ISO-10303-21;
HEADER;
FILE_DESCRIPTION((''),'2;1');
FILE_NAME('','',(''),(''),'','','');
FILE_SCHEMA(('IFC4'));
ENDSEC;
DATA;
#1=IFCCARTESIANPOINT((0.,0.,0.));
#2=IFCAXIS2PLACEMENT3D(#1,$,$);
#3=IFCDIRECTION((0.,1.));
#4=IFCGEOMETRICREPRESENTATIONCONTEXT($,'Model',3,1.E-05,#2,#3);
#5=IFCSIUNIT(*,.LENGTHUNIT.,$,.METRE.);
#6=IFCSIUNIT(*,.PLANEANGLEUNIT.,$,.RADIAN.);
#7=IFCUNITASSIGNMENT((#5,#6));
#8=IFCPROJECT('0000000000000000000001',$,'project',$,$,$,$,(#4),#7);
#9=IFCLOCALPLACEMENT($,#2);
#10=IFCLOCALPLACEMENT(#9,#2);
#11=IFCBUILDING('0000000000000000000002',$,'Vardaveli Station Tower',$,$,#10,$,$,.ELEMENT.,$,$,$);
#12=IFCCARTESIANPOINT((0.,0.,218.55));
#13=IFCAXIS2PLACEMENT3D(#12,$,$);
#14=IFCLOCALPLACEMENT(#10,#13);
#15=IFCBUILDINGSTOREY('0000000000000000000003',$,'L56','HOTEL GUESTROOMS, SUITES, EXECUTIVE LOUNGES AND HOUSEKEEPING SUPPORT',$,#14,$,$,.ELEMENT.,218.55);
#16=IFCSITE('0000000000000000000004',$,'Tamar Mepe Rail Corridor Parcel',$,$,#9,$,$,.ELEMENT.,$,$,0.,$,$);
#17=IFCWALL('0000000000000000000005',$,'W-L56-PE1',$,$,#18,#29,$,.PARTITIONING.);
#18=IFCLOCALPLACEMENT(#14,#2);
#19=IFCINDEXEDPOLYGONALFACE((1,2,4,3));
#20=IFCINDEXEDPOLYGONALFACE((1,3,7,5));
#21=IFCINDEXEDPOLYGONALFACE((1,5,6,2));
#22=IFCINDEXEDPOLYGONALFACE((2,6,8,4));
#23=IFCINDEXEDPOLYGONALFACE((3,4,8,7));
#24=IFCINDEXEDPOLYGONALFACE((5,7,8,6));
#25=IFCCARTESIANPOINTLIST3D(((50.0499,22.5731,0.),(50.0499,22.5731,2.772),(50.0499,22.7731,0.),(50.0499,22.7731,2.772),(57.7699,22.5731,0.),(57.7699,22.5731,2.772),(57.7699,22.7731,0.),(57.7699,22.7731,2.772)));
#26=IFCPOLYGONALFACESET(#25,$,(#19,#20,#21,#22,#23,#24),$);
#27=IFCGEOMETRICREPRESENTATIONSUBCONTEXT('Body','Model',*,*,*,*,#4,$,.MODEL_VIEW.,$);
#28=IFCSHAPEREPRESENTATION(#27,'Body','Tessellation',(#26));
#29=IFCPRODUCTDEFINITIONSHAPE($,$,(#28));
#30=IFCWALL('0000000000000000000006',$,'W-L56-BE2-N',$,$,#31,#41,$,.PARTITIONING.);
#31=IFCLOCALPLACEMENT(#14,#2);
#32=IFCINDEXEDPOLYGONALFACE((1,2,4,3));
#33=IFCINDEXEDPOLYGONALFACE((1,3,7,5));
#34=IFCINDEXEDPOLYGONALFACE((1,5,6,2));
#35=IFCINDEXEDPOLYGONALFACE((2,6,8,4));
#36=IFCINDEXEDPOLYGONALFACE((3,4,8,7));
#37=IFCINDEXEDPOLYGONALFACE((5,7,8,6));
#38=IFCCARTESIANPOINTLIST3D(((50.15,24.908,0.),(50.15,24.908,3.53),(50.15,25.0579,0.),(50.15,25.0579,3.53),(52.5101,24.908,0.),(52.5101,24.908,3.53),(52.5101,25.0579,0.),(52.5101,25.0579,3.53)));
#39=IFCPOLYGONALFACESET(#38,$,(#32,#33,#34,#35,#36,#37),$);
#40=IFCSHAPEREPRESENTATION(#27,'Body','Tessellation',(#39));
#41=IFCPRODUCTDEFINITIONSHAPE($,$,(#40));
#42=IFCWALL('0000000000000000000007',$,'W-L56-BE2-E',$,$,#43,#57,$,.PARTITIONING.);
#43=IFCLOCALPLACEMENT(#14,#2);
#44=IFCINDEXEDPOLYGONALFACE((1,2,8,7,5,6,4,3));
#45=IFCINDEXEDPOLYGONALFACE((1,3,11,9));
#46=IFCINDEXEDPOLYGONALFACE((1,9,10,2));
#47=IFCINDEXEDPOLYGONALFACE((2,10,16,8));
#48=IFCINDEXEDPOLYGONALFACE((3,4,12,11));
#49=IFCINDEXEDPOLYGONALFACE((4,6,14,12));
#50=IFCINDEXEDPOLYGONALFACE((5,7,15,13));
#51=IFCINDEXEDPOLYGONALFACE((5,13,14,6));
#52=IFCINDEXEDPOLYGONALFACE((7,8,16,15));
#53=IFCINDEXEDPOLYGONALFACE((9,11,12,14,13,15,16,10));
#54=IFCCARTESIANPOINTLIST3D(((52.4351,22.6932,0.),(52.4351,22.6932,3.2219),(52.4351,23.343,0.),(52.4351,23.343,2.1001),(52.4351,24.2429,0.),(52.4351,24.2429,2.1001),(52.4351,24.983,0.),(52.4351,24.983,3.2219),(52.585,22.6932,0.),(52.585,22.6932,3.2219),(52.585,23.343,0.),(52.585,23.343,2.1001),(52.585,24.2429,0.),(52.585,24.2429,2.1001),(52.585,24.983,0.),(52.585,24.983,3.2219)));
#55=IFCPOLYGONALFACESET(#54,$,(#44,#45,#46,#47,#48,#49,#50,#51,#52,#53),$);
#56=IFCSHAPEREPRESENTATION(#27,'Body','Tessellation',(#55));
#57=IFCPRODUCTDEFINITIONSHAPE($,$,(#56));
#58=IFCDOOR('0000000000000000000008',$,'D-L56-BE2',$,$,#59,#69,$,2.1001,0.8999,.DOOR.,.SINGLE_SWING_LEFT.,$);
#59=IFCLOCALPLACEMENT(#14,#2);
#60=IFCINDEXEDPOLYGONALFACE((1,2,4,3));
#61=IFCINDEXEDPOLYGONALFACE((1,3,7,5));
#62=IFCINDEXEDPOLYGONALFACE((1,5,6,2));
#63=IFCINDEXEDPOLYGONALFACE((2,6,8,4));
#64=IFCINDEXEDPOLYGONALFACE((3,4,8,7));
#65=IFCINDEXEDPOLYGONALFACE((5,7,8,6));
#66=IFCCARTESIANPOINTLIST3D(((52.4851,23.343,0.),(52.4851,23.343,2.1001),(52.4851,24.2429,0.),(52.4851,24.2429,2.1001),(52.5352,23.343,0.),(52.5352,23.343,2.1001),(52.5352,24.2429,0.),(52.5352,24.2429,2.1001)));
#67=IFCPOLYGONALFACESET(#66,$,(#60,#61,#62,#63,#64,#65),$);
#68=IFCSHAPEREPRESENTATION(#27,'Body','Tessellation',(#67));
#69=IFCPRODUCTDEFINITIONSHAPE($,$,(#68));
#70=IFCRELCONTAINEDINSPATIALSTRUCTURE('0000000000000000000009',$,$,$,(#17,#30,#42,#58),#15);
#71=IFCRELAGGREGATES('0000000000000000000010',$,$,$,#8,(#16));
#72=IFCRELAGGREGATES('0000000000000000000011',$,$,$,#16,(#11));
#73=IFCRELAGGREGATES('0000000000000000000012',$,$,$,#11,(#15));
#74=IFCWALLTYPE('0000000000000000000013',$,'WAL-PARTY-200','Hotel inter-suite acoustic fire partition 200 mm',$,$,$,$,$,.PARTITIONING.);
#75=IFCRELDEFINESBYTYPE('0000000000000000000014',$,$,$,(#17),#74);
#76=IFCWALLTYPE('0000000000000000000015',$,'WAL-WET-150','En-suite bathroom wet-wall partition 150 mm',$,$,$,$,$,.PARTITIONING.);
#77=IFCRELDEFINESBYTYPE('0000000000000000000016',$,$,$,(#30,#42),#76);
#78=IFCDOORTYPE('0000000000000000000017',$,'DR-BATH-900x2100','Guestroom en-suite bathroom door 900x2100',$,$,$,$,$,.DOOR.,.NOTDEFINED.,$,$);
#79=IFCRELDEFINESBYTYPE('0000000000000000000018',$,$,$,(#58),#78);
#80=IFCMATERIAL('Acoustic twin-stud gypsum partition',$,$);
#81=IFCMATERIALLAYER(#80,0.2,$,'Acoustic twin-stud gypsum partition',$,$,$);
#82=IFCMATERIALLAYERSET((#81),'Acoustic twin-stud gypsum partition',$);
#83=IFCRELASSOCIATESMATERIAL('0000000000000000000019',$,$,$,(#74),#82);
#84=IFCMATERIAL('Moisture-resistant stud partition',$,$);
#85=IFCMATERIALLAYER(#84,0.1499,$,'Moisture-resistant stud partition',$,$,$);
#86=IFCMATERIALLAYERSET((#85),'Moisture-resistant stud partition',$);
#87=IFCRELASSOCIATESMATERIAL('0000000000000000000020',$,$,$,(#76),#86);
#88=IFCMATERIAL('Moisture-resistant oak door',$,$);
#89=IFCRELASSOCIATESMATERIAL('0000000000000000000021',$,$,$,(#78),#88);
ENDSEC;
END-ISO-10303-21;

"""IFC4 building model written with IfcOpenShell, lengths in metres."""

from ifc_helpers import new_model, si_unit, direction, frame, frame_2d, origin, place, context, subcontext, project, spatial, rectangle, extrude, source, transform, mapped, material, layer, layer_set, type_object, element, fill, save


model = new_model("IFC4")

# Units and contexts
model_context = context("Model", 3, precision=1e-05, world=origin(), true_north=direction((0.0, 1.0)))
body_context = subcontext(model_context, "Body", "Model", "MODEL_VIEW")
ifc_project = project(units=[si_unit("LENGTHUNIT", "METRE"), si_unit("PLANEANGLEUNIT", "RADIAN")], contexts=[model_context])

# Site, building, storey
site_placement = place(None, origin())
site = spatial("IfcSite", under=ifc_project, at=site_placement, Name="Tamar Mepe Rail Corridor Parcel", CompositionType="ELEMENT", RefElevation=0.0)
building_placement = place(site_placement, origin())
building = spatial("IfcBuilding", under=site, at=building_placement, Name="Vardaveli Station Tower", CompositionType="ELEMENT")
storey_placement = place(building_placement, frame((0.0, 0.0, 218.55)))
storey = spatial("IfcBuildingStorey", under=building, at=storey_placement, Name="L56", Description="HOTEL GUESTROOMS, SUITES, EXECUTIVE LOUNGES AND HOUSEKEEPING SUPPORT", CompositionType="ELEMENT", Elevation=218.55)

# Walls
ifc_material_1 = material(Name="Acoustic twin-stud gypsum partition")
ifc_layer_1 = layer(ifc_material_1, 0.2, Name="Acoustic twin-stud gypsum partition")
ifc_layer_set_1 = layer_set([ifc_layer_1], Name="Acoustic twin-stud gypsum partition")
wall_type_1 = type_object("IfcWallType", Name="WAL-PARTY-200", Description="Hotel inter-suite acoustic fire partition 200 mm", PredefinedType="PARTITIONING", material=ifc_layer_set_1)
shared_shape_1 = source(origin(), body_context, "Body", "SweptSolid", [
    extrude(rectangle(XDim=7.72, YDim=0.2, at=frame_2d((3.8599, 0.0))), origin(), (0.0, 0.0, 1.0), 2.772),
])
wall_1_placement = place(storey_placement, frame((50.05, 22.6731, 0.0), z_axis=(0.0, 0.0, 1.0), x_axis=(1.0, 0.0, 0.0)))
element("IfcWall", 1, at=wall_1_placement, inside=storey, type_object=wall_type_1, Name="W-L56-PE1", PredefinedType="PARTITIONING", context=body_context, shape_type="MappedRepresentation", body=[
    mapped(shared_shape_1, transform((0.0, 0.0, 0.0), scale=1.0)),
])
ifc_material_2 = material(Name="Moisture-resistant stud partition")
ifc_layer_2 = layer(ifc_material_2, 0.1499, Name="Moisture-resistant stud partition")
ifc_layer_set_2 = layer_set([ifc_layer_2], Name="Moisture-resistant stud partition")
wall_type_2 = type_object("IfcWallType", Name="WAL-WET-150", Description="En-suite bathroom wet-wall partition 150 mm", PredefinedType="PARTITIONING", material=ifc_layer_set_2)
shared_shape_2 = source(origin(), body_context, "Body", "SweptSolid", [
    extrude(rectangle(XDim=2.3601, YDim=0.1499, at=frame_2d((1.1802, 0.0))), origin(), (0.0, 0.0, 1.0), 3.53),
])
wall_2_placement = place(storey_placement, frame((50.1499, 24.9829, 0.0), z_axis=(0.0, 0.0, 1.0), x_axis=(1.0, 0.0, 0.0)))
element("IfcWall", 2, at=wall_2_placement, inside=storey, type_object=wall_type_2, Name="W-L56-BE2-N", PredefinedType="PARTITIONING", context=body_context, shape_type="MappedRepresentation", body=[
    mapped(shared_shape_2, transform((0.0, 0.0, 0.0), scale=1.0)),
])

# Wall, opening, door
shared_shape_3 = source(origin(), body_context, "Body", "SweptSolid", [
    extrude(rectangle(XDim=2.2898, YDim=0.1499, at=frame_2d((1.145, 0.0))), origin(), (0.0, 0.0, 1.0), 3.2219),
])
wall_3_placement = place(storey_placement, frame((52.51, 22.6931, 0.0), z_axis=(0.0, 0.0, 1.0), x_axis=(0.0, 1.0, 0.0)))
wall_3 = element("IfcWall", 3, at=wall_3_placement, inside=storey, type_object=wall_type_2, Name="W-L56-BE2-E", PredefinedType="PARTITIONING", context=body_context, shape_type="MappedRepresentation", body=[
    mapped(shared_shape_3, transform((0.0, 0.0, 0.0), scale=1.0)),
])
shared_shape_4 = source(origin(), body_context, "Body", "SweptSolid", [
    extrude(rectangle(XDim=0.8999, YDim=2.1001, at=frame_2d((0.45, 1.05))), frame((0.0, 0.085, 0.0), z_axis=(0.0, -1.0, 0.0), x_axis=(1.0, 0.0, 0.0)), (0.0, 0.0, 1.0), 0.1699),
])
opening_1_placement = place(wall_3_placement, frame((0.6499, 0.0, 0.0)))
opening_1 = element("IfcOpeningElement", 4, at=opening_1_placement, cuts=wall_3, PredefinedType="OPENING", context=body_context, shape_type="MappedRepresentation", body=[
    mapped(shared_shape_4, transform((0.0, 0.0, 0.0), scale=1.0)),
])
ifc_material_3 = material(Name="Moisture-resistant oak door")
door_type_1 = type_object("IfcDoorType", Name="DR-BATH-900x2100", Description="Guestroom en-suite bathroom door 900x2100", OperationType="NOTDEFINED", PredefinedType="DOOR", material=ifc_material_3)
shared_shape_5 = source(origin(), body_context, "Body", "SweptSolid", [
    extrude(rectangle(XDim=0.8999, YDim=2.1001, at=frame_2d((0.45, 1.05))), frame((0.0, 0.0249, 0.0), z_axis=(0.0, -1.0, 0.0), x_axis=(1.0, 0.0, 0.0)), (0.0, 0.0, 1.0), 0.05),
])
door_1_placement = place(opening_1_placement, origin())
door_1 = element("IfcDoor", 5, at=door_1_placement, inside=storey, type_object=door_type_1, Name="D-L56-BE2", OperationType="SINGLE_SWING_LEFT", OverallHeight=2.1001, OverallWidth=0.8999, PredefinedType="DOOR", context=body_context, shape_type="MappedRepresentation", body=[
    mapped(shared_shape_5, transform((0.0, 0.0, 0.0), scale=1.0)),
])
fill(opening_1, door_1)

save(model, "model.ifc")
